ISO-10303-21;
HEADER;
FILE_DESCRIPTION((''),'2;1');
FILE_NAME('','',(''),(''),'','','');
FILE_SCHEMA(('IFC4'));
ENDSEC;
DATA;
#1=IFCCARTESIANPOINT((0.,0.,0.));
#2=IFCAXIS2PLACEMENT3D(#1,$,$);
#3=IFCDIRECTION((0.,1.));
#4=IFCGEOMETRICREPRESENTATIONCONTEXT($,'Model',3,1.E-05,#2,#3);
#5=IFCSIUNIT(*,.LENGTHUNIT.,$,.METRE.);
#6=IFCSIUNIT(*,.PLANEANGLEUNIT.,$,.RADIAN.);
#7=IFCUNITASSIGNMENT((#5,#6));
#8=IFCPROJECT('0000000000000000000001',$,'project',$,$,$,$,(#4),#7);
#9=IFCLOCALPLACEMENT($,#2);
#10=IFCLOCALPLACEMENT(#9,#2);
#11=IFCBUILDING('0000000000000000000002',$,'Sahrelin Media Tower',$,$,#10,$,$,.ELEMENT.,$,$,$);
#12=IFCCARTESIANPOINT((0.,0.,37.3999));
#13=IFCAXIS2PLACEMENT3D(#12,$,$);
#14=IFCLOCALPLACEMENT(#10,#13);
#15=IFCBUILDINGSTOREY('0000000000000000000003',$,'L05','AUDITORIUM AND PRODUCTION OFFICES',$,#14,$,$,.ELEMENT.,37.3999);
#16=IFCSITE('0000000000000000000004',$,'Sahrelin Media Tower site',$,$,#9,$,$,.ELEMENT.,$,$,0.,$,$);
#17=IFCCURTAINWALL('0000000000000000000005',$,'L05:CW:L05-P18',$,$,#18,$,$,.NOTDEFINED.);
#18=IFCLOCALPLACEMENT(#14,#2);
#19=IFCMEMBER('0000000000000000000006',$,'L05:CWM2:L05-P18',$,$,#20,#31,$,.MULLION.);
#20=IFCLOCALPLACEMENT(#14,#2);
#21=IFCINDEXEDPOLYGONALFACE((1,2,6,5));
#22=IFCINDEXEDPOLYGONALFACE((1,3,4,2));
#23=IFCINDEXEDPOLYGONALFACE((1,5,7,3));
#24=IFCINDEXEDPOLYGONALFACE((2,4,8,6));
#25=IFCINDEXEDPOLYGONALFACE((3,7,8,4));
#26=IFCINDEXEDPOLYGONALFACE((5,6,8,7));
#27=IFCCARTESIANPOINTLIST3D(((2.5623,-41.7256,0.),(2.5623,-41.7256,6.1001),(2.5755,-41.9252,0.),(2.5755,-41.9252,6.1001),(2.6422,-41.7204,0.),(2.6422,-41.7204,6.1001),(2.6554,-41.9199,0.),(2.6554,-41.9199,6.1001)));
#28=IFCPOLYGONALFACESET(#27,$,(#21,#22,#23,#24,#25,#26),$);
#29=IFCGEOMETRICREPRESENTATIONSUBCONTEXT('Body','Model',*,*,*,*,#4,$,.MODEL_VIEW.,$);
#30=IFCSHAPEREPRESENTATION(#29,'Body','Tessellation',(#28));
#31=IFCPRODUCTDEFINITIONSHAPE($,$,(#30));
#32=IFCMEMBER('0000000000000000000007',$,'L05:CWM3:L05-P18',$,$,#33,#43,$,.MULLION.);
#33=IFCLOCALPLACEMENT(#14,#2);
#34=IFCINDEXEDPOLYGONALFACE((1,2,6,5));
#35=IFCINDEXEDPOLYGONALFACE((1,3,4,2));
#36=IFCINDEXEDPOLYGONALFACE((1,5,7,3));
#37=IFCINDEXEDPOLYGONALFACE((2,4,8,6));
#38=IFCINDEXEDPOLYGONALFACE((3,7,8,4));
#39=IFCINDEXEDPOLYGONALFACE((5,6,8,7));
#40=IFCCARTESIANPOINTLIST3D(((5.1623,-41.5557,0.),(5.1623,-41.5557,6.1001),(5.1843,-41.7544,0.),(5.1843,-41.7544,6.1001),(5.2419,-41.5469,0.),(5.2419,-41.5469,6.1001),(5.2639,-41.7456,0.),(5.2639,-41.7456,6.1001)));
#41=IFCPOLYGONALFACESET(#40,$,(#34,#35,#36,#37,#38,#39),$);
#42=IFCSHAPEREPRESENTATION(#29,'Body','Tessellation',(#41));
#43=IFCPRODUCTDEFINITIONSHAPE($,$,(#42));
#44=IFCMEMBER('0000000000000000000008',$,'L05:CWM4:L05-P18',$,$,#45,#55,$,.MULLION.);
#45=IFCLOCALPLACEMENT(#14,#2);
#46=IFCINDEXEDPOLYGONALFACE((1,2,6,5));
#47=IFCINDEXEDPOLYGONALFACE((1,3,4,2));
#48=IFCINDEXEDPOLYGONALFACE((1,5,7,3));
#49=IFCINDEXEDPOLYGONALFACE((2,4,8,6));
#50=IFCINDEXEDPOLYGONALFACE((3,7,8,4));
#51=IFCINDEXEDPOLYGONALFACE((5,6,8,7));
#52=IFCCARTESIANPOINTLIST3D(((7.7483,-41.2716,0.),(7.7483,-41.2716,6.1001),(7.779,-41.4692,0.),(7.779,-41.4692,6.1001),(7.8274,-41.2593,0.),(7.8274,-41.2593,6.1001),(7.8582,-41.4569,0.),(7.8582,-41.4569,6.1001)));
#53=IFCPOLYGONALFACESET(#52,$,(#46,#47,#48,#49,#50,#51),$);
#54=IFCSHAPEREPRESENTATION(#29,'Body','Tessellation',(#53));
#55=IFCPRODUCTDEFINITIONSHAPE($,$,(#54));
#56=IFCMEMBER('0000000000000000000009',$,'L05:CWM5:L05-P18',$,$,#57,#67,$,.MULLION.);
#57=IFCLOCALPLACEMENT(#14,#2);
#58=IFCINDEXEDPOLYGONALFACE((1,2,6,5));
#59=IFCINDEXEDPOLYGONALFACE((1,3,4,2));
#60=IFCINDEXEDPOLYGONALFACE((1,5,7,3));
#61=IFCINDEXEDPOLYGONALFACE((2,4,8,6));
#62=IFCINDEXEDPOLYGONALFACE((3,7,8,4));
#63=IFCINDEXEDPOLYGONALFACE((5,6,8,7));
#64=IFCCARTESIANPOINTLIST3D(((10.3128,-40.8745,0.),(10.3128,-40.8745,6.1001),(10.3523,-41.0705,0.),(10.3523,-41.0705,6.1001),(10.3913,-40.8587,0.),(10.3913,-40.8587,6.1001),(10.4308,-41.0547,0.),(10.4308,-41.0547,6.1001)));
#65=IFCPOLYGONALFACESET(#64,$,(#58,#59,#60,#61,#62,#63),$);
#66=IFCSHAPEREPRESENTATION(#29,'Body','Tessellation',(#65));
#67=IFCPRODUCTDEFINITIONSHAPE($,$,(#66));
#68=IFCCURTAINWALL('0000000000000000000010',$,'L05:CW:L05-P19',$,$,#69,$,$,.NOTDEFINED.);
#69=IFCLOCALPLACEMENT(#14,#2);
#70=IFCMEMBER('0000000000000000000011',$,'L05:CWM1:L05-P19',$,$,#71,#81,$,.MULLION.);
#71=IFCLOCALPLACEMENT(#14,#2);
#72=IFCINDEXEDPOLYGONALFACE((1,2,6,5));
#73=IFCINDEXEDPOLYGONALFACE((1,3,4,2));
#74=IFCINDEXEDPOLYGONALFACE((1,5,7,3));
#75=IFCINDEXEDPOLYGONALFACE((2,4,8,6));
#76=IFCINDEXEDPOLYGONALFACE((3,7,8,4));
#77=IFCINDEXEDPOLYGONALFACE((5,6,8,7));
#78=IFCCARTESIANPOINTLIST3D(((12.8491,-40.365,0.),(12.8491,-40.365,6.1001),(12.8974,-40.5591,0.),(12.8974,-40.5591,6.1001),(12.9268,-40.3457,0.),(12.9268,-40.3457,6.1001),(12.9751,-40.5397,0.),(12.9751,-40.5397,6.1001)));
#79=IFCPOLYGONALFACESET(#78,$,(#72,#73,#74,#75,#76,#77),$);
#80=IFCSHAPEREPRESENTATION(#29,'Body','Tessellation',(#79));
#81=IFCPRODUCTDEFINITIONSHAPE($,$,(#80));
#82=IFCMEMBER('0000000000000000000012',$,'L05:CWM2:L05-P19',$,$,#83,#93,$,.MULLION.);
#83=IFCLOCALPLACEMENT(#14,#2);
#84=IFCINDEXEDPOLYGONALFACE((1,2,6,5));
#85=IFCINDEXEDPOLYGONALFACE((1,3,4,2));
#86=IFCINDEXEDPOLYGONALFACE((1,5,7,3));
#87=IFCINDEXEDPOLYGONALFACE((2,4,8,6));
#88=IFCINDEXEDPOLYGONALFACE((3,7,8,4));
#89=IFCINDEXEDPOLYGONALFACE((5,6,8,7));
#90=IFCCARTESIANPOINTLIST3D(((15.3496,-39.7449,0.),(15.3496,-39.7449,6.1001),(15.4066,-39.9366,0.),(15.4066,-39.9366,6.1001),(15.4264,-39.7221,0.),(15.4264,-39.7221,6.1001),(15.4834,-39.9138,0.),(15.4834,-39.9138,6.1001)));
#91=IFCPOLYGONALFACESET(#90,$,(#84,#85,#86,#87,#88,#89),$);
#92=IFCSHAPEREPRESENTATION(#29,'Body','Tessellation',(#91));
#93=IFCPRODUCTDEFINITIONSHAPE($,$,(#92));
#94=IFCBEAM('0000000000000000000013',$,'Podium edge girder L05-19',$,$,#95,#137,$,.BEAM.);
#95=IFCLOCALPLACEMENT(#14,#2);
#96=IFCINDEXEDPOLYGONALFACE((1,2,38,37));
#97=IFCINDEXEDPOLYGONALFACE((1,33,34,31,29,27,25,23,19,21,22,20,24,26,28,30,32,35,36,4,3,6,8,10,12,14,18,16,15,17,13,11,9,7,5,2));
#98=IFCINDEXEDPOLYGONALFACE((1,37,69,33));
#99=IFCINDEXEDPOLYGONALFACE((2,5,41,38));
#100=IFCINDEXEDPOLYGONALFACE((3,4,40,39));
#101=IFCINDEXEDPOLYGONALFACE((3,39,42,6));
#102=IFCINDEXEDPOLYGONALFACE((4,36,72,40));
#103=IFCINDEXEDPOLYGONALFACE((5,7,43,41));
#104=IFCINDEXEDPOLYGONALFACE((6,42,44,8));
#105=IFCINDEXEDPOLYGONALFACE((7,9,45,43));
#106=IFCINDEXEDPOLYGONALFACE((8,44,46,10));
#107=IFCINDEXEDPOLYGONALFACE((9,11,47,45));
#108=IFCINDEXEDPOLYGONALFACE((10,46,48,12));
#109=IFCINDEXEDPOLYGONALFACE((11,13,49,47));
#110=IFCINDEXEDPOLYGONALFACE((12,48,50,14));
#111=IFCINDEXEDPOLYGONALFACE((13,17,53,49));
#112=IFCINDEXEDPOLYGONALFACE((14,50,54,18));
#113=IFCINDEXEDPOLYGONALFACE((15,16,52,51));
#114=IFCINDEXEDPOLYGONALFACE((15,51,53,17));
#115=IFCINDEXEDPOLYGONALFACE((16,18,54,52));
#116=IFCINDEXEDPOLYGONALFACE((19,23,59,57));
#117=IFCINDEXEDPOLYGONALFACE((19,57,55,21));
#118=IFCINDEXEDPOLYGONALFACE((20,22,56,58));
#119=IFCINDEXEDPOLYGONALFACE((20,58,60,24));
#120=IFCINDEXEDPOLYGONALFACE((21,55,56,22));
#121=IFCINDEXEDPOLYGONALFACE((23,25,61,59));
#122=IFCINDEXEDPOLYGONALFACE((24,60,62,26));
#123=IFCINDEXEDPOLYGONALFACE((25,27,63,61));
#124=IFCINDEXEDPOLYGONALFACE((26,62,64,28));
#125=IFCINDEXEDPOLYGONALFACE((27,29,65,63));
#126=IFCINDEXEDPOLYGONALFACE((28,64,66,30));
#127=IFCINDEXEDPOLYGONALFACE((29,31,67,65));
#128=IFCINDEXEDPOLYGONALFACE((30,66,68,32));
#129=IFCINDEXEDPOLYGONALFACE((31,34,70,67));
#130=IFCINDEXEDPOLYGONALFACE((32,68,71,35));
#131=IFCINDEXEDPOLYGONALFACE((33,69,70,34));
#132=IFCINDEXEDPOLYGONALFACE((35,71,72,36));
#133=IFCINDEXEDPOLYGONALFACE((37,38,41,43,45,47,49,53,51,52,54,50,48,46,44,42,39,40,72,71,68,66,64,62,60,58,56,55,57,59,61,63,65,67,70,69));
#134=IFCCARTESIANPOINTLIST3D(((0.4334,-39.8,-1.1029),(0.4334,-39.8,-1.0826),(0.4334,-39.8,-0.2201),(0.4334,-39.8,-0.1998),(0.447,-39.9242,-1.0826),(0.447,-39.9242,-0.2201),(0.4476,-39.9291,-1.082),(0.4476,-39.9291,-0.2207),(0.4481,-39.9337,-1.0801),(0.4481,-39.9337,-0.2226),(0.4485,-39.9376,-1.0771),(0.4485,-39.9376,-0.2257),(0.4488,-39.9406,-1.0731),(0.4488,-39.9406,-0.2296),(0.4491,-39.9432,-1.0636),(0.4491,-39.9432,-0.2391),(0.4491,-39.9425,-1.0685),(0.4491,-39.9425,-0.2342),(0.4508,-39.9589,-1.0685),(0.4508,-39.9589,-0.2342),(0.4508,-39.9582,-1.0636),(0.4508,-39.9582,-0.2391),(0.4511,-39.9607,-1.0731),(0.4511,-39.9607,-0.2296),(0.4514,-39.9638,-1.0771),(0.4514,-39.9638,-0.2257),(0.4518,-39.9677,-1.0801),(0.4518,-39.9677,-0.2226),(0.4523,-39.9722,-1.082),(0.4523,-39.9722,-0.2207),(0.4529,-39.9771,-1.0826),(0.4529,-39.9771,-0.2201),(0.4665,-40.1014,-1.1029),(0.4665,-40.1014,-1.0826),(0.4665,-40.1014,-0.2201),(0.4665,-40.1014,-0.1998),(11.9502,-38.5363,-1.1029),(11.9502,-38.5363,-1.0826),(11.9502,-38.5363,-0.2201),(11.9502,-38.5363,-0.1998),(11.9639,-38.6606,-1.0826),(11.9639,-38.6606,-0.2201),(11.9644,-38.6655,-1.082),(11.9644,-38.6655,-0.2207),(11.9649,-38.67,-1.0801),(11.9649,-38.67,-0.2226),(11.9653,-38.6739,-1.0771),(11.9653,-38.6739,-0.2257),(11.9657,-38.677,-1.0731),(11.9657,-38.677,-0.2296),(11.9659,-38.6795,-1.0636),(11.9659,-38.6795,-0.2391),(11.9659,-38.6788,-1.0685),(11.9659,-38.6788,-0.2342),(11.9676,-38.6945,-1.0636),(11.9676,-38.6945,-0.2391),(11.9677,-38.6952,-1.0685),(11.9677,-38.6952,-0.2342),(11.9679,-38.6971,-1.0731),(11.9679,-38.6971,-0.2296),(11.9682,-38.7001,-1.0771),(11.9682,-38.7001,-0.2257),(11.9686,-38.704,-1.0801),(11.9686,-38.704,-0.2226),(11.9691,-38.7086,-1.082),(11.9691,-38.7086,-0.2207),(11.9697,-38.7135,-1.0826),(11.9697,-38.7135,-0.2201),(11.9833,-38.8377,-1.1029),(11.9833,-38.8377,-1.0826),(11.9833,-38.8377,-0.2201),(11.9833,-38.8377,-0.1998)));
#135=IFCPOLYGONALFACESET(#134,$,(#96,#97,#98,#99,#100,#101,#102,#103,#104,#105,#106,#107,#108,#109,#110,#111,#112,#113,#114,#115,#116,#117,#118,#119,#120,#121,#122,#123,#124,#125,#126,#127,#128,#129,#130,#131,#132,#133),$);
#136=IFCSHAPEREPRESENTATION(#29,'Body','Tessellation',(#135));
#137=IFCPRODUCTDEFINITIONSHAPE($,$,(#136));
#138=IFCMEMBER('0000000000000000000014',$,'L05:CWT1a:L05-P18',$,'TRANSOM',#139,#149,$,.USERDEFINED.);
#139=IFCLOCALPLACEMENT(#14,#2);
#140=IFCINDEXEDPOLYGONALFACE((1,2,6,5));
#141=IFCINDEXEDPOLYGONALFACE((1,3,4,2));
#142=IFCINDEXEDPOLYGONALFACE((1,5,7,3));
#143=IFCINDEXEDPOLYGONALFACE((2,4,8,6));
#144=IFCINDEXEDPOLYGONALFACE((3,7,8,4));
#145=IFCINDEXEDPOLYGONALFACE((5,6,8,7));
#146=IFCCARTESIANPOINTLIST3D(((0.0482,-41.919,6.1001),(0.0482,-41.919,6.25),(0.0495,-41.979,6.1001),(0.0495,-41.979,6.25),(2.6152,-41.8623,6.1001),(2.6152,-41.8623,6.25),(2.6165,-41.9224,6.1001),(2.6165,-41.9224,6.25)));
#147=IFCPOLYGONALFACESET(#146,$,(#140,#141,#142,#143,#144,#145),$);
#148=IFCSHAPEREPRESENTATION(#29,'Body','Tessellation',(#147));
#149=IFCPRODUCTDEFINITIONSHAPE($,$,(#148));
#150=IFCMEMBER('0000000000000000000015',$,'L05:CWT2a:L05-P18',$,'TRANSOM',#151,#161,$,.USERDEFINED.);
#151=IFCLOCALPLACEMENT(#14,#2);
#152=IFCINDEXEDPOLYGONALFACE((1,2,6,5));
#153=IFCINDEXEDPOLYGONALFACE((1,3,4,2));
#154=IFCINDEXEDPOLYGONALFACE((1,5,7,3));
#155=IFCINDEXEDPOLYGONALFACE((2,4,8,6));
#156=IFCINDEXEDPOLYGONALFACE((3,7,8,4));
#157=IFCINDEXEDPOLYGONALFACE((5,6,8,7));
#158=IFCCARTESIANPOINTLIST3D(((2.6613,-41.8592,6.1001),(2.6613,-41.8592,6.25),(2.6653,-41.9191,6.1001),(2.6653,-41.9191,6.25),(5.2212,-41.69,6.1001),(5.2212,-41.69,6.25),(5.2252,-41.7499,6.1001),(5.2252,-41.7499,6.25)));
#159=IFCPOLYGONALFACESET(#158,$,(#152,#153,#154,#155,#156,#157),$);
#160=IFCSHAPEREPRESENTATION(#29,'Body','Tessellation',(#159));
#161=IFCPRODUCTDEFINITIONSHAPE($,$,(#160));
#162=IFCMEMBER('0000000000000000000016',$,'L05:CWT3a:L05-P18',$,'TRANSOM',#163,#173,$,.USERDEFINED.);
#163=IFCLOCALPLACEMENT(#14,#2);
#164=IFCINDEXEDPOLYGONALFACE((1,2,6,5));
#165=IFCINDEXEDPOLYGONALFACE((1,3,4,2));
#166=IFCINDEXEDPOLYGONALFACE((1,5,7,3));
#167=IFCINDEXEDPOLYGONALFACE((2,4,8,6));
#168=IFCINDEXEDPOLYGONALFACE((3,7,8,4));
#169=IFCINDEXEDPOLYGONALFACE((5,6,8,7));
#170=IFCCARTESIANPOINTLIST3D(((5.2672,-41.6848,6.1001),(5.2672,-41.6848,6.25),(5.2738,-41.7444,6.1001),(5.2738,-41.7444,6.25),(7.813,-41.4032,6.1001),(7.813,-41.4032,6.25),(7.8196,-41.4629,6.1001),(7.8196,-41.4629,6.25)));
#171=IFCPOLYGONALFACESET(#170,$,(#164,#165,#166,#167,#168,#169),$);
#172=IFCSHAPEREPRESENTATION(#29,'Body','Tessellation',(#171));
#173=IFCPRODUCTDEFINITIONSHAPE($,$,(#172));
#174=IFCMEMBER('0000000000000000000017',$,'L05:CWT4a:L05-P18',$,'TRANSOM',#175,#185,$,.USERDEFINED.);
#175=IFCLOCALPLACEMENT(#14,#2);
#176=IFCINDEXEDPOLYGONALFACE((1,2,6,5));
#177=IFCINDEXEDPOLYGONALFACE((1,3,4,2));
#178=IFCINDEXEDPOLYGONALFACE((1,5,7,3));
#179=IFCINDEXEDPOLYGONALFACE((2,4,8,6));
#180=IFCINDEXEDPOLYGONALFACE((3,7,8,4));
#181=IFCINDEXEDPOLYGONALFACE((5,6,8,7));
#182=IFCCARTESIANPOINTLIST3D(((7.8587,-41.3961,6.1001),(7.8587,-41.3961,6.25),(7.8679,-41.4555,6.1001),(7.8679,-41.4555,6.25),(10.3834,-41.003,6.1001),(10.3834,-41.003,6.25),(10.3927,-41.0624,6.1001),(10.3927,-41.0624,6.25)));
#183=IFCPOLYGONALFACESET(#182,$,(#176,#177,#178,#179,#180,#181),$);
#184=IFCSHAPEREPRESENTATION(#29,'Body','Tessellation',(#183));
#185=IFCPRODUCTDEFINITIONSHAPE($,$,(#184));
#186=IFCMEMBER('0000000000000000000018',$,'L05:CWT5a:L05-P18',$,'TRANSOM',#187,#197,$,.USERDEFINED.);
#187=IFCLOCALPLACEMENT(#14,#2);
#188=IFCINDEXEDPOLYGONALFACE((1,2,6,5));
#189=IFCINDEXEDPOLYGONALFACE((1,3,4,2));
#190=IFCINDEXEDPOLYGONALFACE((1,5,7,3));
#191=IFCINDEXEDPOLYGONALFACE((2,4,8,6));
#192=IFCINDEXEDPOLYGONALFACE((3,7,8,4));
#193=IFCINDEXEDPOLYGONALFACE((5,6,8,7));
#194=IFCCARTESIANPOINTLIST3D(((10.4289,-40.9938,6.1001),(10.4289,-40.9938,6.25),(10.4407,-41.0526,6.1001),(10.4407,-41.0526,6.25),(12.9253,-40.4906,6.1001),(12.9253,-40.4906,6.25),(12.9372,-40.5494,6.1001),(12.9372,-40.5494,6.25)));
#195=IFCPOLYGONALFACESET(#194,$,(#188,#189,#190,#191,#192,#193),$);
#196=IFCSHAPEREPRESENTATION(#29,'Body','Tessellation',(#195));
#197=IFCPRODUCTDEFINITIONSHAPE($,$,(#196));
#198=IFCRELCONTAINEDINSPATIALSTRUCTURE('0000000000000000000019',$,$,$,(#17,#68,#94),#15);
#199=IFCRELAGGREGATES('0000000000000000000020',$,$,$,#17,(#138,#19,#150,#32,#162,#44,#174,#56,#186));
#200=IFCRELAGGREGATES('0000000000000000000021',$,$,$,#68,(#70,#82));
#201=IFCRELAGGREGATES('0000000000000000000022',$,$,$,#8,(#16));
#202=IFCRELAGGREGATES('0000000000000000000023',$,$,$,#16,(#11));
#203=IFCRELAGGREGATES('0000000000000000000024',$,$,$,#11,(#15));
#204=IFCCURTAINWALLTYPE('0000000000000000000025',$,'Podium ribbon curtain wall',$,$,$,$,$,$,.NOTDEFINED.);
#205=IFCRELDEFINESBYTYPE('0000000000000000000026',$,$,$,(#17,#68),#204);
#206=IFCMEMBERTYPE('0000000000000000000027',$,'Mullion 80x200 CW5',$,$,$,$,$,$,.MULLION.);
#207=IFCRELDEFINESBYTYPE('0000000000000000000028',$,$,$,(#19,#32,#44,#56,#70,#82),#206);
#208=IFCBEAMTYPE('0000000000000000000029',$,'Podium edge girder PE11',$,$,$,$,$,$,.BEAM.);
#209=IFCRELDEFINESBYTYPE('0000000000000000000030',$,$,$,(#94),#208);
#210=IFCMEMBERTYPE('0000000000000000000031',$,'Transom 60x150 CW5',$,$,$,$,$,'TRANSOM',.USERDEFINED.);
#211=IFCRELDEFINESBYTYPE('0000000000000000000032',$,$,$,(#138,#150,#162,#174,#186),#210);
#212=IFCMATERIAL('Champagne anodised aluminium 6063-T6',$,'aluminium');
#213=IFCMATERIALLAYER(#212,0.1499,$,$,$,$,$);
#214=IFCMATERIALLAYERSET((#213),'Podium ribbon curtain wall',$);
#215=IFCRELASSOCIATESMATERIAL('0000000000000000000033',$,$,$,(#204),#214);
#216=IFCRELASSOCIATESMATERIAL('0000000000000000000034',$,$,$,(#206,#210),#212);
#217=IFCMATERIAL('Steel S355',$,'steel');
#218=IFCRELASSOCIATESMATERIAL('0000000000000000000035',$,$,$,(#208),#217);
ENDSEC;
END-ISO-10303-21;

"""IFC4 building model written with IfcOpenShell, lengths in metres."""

from ifc_helpers import new_model, si_unit, direction, frame, origin, origin_2d, place, context, subcontext, project, spatial, rectangle, i_section, extrude, material, layer, layer_set, material_profile, profile_set, type_object, element, aggregate, save


model = new_model("IFC4")

# Units and contexts
model_context = context("Model", 3, precision=1e-05, world=origin(), true_north=direction((0.0, 1.0)))
body_context = subcontext(model_context, "Body", "Model", "MODEL_VIEW")
ifc_project = project(units=[si_unit("LENGTHUNIT", "METRE"), si_unit("PLANEANGLEUNIT", "RADIAN")], contexts=[model_context])

# Site, building, storey
site_placement = place(None, origin())
site = spatial("IfcSite", under=ifc_project, at=site_placement, Name="Sahrelin Media Tower site", CompositionType="ELEMENT", RefElevation=0.0)
building_placement = place(site_placement, origin())
building = spatial("IfcBuilding", under=site, at=building_placement, Name="Sahrelin Media Tower", CompositionType="ELEMENT")
storey_placement = place(building_placement, frame((0.0, 0.0, 37.3999)))
storey = spatial("IfcBuildingStorey", under=building, at=storey_placement, Name="L05", Description="AUDITORIUM AND PRODUCTION OFFICES", CompositionType="ELEMENT", Elevation=37.3999)

# Curtain walls, members
ifc_material_1 = material(Name="Champagne anodised aluminium 6063-T6", Category="aluminium")
ifc_layer_1 = layer(ifc_material_1, 0.1499)
ifc_layer_set_1 = layer_set([ifc_layer_1], Name="Podium ribbon curtain wall")
curtain_wall_type = type_object("IfcCurtainWallType", Name="Podium ribbon curtain wall", PredefinedType="NOTDEFINED", material=ifc_layer_set_1)
curtain_wall_1_placement = place(storey_placement, frame((0.0, -42.0, 0.0), z_axis=(0.0, 0.0, 1.0), x_axis=(1.0, 0.0, 0.0)))
curtain_wall_1 = element("IfcCurtainWall", 1, at=curtain_wall_1_placement, inside=storey, type_object=curtain_wall_type, Name="L05:CW:L05-P18", PredefinedType="NOTDEFINED")
ifc_material_profile_1 = material_profile(ifc_material_1, rectangle(XDim=0.0801, YDim=0.2, at=origin_2d()), Name="Mullion 80x200")
ifc_profile_set_1 = profile_set([ifc_material_profile_1], Name="Champagne anodised aluminium 6063-T6")
member_type_1 = type_object("IfcMemberType", Name="Mullion 80x200 CW5", PredefinedType="MULLION", material=ifc_profile_set_1)
member_1_placement = place(storey_placement, frame((2.6089, -41.8228, 0.0), z_axis=(0.0, 0.0, 1.0), x_axis=(0.997822, 0.065959, 0.0)))
member_1 = element("IfcMember", 2, at=member_1_placement, type_object=member_type_1, Name="L05:CWM2:L05-P18", PredefinedType="MULLION", context=body_context, shape_type="SweptSolid", body=[
    extrude(rectangle(XDim=0.0801, YDim=0.2, at=origin_2d()), origin(), (0.0, 0.0, 1.0), 6.1001),
])
member_2_placement = place(storey_placement, frame((5.2131, -41.6506, 0.0), z_axis=(0.0, 0.0, 1.0), x_axis=(0.993941, 0.109915, 0.0)))
member_2 = element("IfcMember", 3, at=member_2_placement, type_object=member_type_1, Name="L05:CWM3:L05-P18", PredefinedType="MULLION", context=body_context, shape_type="SweptSolid", body=[
    extrude(rectangle(XDim=0.0801, YDim=0.2, at=origin_2d()), origin(), (0.0, 0.0, 1.0), 6.1001),
])
member_3_placement = place(storey_placement, frame((7.8032, -41.3643, 0.0), z_axis=(0.0, 0.0, 1.0), x_axis=(0.988098, 0.153826, 0.0)))
member_3 = element("IfcMember", 4, at=member_3_placement, type_object=member_type_1, Name="L05:CWM4:L05-P18", PredefinedType="MULLION", context=body_context, shape_type="SweptSolid", body=[
    extrude(rectangle(XDim=0.0801, YDim=0.2, at=origin_2d()), origin(), (0.0, 0.0, 1.0), 6.1001),
])
member_4_placement = place(storey_placement, frame((10.3718, -40.9646, 0.0), z_axis=(0.0, 0.0, 1.0), x_axis=(0.980267, 0.197678, 0.0)))
member_4 = element("IfcMember", 5, at=member_4_placement, type_object=member_type_1, Name="L05:CWM5:L05-P18", PredefinedType="MULLION", context=body_context, shape_type="SweptSolid", body=[
    extrude(rectangle(XDim=0.0801, YDim=0.2, at=origin_2d()), origin(), (0.0, 0.0, 1.0), 6.1001),
])
curtain_wall_2_placement = place(storey_placement, frame((12.9409, -40.5688, 0.0), z_axis=(0.0, 0.0, 1.0), x_axis=(1.0, 0.0, 0.0)))
curtain_wall_2 = element("IfcCurtainWall", 6, at=curtain_wall_2_placement, inside=storey, type_object=curtain_wall_type, Name="L05:CW:L05-P19", PredefinedType="NOTDEFINED")
member_5_placement = place(storey_placement, frame((12.9121, -40.4524, 0.0), z_axis=(0.0, 0.0, 1.0), x_axis=(0.97041, 0.241461, 0.0)))
member_5 = element("IfcMember", 7, at=member_5_placement, type_object=member_type_1, Name="L05:CWM1:L05-P19", PredefinedType="MULLION", context=body_context, shape_type="SweptSolid", body=[
    extrude(rectangle(XDim=0.0801, YDim=0.2, at=origin_2d()), origin(), (0.0, 0.0, 1.0), 6.1001),
])
member_6_placement = place(storey_placement, frame((15.4165, -39.8293, 0.0), z_axis=(0.0, 0.0, 1.0), x_axis=(0.958495, 0.28511, 0.0)))
member_6 = element("IfcMember", 8, at=member_6_placement, type_object=member_type_1, Name="L05:CWM2:L05-P19", PredefinedType="MULLION", context=body_context, shape_type="SweptSolid", body=[
    extrude(rectangle(XDim=0.0801, YDim=0.2, at=origin_2d()), origin(), (0.0, 0.0, 1.0), 6.1001),
])

# Beam
ifc_material_2 = material(Name="Steel S355", Category="steel")
ifc_material_profile_2 = material_profile(ifc_material_2, i_section(OverallWidth=0.3032, OverallDepth=0.9031, WebThickness=0.0151, FlangeThickness=0.0203, FilletRadius=0.019, at=origin_2d()), Name="UB 914x305x201")
ifc_profile_set_2 = profile_set([ifc_material_profile_2], Name="Steel S355")
beam_type = type_object("IfcBeamType", Name="Podium edge girder PE11", PredefinedType="BEAM", material=ifc_profile_set_2)
beam_placement = place(storey_placement, frame((0.45, -39.9507, -0.6514), z_axis=(0.994034, 0.109069, 0.0), x_axis=(-0.109069, 0.994034, 0.0)))
element("IfcBeam", 9, at=beam_placement, inside=storey, type_object=beam_type, Name="Podium edge girder L05-19", PredefinedType="BEAM", context=body_context, shape_type="SweptSolid", body=[
    extrude(i_section(OverallWidth=0.3032, OverallDepth=0.9031, WebThickness=0.0151, FlangeThickness=0.0203, FilletRadius=0.019, at=origin_2d()), origin(), (0.0, 0.0, 1.0), 11.5859),
])

# Members
ifc_material_profile_3 = material_profile(ifc_material_1, rectangle(XDim=0.0601, YDim=0.1499, at=origin_2d()), Name="Transom 60x150")
ifc_profile_set_3 = profile_set([ifc_material_profile_3], Name="Champagne anodised aluminium 6063-T6")
member_type_2 = type_object("IfcMemberType", Name="Transom 60x150 CW5", ElementType="TRANSOM", PredefinedType="USERDEFINED", material=ifc_profile_set_3)
member_7_placement = place(storey_placement, frame((0.0488, -41.949, 6.175), z_axis=(0.999757, 0.02206, 0.0), x_axis=(-0.02206, 0.999757, 0.0)))
member_7 = element("IfcMember", 10, at=member_7_placement, type_object=member_type_2, Name="L05:CWT1a:L05-P18", ObjectType="TRANSOM", PredefinedType="USERDEFINED", context=body_context, shape_type="SweptSolid", body=[
    extrude(rectangle(XDim=0.0601, YDim=0.1499, at=origin_2d()), origin(), (0.0, 0.0, 1.0), 2.5676),
])
member_8_placement = place(storey_placement, frame((2.6633, -41.8892, 6.175), z_axis=(0.997823, 0.065951, 0.0), x_axis=(-0.065951, 0.997823, 0.0)))
member_8 = element("IfcMember", 11, at=member_8_placement, type_object=member_type_2, Name="L05:CWT2a:L05-P18", ObjectType="TRANSOM", PredefinedType="USERDEFINED", context=body_context, shape_type="SweptSolid", body=[
    extrude(rectangle(XDim=0.0601, YDim=0.1499, at=origin_2d()), origin(), (0.0, 0.0, 1.0), 2.5654),
])
member_9_placement = place(storey_placement, frame((5.2705, -41.7146, 6.175), z_axis=(0.993942, 0.109908, 0.0), x_axis=(-0.109908, 0.993942, 0.0)))
member_9 = element("IfcMember", 12, at=member_9_placement, type_object=member_type_2, Name="L05:CWT3a:L05-P18", ObjectType="TRANSOM", PredefinedType="USERDEFINED", context=body_context, shape_type="SweptSolid", body=[
    extrude(rectangle(XDim=0.0601, YDim=0.1499, at=origin_2d()), origin(), (0.0, 0.0, 1.0), 2.5613),
])
member_10_placement = place(storey_placement, frame((7.8633, -41.4258, 6.175), z_axis=(0.988096, 0.153838, 0.0), x_axis=(-0.153838, 0.988096, 0.0)))
member_10 = element("IfcMember", 13, at=member_10_placement, type_object=member_type_2, Name="L05:CWT4a:L05-P18", ObjectType="TRANSOM", PredefinedType="USERDEFINED", context=body_context, shape_type="SweptSolid", body=[
    extrude(rectangle(XDim=0.0601, YDim=0.1499, at=origin_2d()), origin(), (0.0, 0.0, 1.0), 2.5552),
])
member_11_placement = place(storey_placement, frame((10.4348, -41.0232, 6.175), z_axis=(0.980285, 0.197591, 0.0), x_axis=(-0.197591, 0.980285, 0.0)))
member_11 = element("IfcMember", 14, at=member_11_placement, type_object=member_type_2, Name="L05:CWT5a:L05-P18", ObjectType="TRANSOM", PredefinedType="USERDEFINED", context=body_context, shape_type="SweptSolid", body=[
    extrude(rectangle(XDim=0.0601, YDim=0.1499, at=origin_2d()), origin(), (0.0, 0.0, 1.0), 2.5466),
])

aggregate(curtain_wall_1, [member_7, member_1, member_8, member_2, member_9, member_3, member_10, member_4, member_11])
aggregate(curtain_wall_2, [member_5, member_6])

save(model, "model.ifc")
